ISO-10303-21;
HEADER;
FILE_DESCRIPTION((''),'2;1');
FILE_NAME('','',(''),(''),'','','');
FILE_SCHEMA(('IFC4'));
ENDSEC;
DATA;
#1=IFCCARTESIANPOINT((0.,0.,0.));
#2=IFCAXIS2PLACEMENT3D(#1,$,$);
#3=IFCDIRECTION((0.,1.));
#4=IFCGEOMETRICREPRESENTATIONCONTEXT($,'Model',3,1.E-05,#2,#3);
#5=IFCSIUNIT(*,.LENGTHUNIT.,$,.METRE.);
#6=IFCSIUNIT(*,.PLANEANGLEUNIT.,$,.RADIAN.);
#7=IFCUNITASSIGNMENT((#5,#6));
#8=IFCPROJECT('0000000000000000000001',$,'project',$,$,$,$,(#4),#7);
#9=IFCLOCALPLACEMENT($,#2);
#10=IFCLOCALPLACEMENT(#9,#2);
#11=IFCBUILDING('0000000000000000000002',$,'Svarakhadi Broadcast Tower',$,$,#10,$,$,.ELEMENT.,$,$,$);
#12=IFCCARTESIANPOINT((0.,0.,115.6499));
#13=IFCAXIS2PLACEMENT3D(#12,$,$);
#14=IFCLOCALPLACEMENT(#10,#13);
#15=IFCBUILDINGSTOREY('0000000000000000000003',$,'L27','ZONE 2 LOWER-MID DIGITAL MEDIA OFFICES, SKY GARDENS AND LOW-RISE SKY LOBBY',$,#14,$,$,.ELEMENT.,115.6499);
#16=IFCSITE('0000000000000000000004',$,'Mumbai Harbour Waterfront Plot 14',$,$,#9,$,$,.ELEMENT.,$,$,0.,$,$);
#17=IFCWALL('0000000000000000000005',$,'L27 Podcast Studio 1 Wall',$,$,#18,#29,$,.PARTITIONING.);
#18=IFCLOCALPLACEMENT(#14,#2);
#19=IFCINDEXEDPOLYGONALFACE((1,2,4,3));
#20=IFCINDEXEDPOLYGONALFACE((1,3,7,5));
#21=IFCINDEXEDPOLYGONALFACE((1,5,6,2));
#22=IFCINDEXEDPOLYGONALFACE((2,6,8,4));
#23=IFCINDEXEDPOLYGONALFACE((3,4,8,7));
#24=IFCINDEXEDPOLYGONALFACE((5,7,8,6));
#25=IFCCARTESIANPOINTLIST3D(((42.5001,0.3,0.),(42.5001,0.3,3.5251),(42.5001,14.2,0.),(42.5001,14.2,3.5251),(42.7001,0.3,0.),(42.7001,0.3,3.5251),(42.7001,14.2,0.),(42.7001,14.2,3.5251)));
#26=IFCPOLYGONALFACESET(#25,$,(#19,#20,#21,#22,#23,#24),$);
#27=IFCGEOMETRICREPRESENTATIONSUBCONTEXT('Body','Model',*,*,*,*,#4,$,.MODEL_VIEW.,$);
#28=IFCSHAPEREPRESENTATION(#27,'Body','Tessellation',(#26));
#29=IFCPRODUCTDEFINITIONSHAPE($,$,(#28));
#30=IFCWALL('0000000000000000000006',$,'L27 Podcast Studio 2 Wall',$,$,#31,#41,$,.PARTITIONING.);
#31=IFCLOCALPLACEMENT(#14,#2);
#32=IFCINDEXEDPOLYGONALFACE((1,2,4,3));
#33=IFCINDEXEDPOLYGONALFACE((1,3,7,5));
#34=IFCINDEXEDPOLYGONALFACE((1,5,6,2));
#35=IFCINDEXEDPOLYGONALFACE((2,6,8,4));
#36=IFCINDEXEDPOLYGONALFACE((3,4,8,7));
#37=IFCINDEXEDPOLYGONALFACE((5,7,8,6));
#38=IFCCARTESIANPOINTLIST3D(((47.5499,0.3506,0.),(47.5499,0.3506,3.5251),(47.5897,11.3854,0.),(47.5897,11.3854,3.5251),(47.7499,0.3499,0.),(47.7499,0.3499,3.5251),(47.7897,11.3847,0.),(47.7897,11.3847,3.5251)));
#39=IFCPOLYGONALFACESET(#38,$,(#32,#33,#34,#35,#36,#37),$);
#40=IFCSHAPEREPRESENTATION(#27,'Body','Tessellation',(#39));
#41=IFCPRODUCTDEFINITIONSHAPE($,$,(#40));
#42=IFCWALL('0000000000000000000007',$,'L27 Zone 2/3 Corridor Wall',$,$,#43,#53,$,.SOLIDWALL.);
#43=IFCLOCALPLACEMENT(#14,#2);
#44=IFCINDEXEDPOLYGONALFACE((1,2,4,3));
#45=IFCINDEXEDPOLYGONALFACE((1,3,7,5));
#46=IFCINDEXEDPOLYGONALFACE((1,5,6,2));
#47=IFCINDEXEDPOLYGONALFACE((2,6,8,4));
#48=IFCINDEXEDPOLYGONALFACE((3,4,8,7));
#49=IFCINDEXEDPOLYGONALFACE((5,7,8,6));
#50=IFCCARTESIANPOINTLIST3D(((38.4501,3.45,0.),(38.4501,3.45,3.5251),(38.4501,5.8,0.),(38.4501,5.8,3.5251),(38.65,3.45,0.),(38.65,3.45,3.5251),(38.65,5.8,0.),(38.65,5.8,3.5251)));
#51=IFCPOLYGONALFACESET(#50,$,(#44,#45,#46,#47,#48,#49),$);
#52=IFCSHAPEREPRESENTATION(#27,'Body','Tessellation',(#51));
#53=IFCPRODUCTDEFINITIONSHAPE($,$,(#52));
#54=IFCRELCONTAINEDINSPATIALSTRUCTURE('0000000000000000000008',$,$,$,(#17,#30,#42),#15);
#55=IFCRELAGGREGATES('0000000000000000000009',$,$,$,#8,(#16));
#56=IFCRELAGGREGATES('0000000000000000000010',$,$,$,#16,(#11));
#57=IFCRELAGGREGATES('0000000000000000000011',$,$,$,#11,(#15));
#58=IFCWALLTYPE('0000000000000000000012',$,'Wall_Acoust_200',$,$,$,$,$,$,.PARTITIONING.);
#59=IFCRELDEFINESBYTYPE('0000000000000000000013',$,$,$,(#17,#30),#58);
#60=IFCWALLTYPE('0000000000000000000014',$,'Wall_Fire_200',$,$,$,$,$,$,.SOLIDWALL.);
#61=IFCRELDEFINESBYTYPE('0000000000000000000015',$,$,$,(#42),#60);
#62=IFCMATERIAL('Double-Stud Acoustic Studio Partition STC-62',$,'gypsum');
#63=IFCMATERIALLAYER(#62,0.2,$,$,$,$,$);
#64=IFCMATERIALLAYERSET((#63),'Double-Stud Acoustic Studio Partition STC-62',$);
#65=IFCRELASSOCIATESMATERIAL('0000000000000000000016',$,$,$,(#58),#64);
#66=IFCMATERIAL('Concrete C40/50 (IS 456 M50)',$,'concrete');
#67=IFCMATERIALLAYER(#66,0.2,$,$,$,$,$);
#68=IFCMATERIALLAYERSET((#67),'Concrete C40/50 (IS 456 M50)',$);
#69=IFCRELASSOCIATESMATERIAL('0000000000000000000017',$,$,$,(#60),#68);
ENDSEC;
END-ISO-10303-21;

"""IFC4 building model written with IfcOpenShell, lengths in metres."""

from ifc_helpers import new_model, si_unit, direction, frame, frame_2d, origin, place, context, subcontext, project, spatial, rectangle, extrude, material, layer, layer_set, type_object, element, save


model = new_model("IFC4")

# Units and contexts
model_context = context("Model", 3, precision=1e-05, world=origin(), true_north=direction((0.0, 1.0)))
body_context = subcontext(model_context, "Body", "Model", "MODEL_VIEW")
ifc_project = project(units=[si_unit("LENGTHUNIT", "METRE"), si_unit("PLANEANGLEUNIT", "RADIAN")], contexts=[model_context])

# Site, building, storey
site_placement = place(None, origin())
site = spatial("IfcSite", under=ifc_project, at=site_placement, Name="Mumbai Harbour Waterfront Plot 14", CompositionType="ELEMENT", RefElevation=0.0)
building_placement = place(site_placement, origin())
building = spatial("IfcBuilding", under=site, at=building_placement, Name="Svarakhadi Broadcast Tower", CompositionType="ELEMENT")
storey_placement = place(building_placement, frame((0.0, 0.0, 115.6499)))
storey = spatial("IfcBuildingStorey", under=building, at=storey_placement, Name="L27", Description="ZONE 2 LOWER-MID DIGITAL MEDIA OFFICES, SKY GARDENS AND LOW-RISE SKY LOBBY", CompositionType="ELEMENT", Elevation=115.6499)

# Walls
ifc_material_1 = material(Name="Double-Stud Acoustic Studio Partition STC-62", Category="gypsum")
ifc_layer_1 = layer(ifc_material_1, 0.2)
ifc_layer_set_1 = layer_set([ifc_layer_1], Name="Double-Stud Acoustic Studio Partition STC-62")
wall_type_1 = type_object("IfcWallType", Name="Wall_Acoust_200", PredefinedType="PARTITIONING", material=ifc_layer_set_1)
wall_1_placement = place(storey_placement, frame((42.6001, 0.3, 0.0), z_axis=(0.0, 0.0, 1.0), x_axis=(0.0, 1.0, 0.0)))
element("IfcWall", 1, at=wall_1_placement, inside=storey, type_object=wall_type_1, Name="L27 Podcast Studio 1 Wall", PredefinedType="PARTITIONING", context=body_context, shape_type="SweptSolid", body=[
    extrude(rectangle(XDim=13.8999, YDim=0.2, at=frame_2d((6.95, 0.0))), origin(), (0.0, 0.0, 1.0), 3.5251),
])
wall_2_placement = place(storey_placement, frame((47.6499, 0.3501, 0.0), z_axis=(0.0, 0.0, 1.0), x_axis=(0.003606, 0.999993, 0.0)))
element("IfcWall", 2, at=wall_2_placement, inside=storey, type_object=wall_type_1, Name="L27 Podcast Studio 2 Wall", PredefinedType="PARTITIONING", context=body_context, shape_type="SweptSolid", body=[
    extrude(rectangle(XDim=11.0349, YDim=0.2, at=frame_2d((5.5176, 0.0))), origin(), (0.0, 0.0, 1.0), 3.5251),
])
ifc_material_2 = material(Name="Concrete C40/50 (IS 456 M50)", Category="concrete")
ifc_layer_2 = layer(ifc_material_2, 0.2)
ifc_layer_set_2 = layer_set([ifc_layer_2], Name="Concrete C40/50 (IS 456 M50)")
wall_type_2 = type_object("IfcWallType", Name="Wall_Fire_200", PredefinedType="SOLIDWALL", material=ifc_layer_set_2)
wall_3_placement = place(storey_placement, frame((38.55, 5.8, 0.0), z_axis=(0.0, 0.0, 1.0), x_axis=(0.0, -1.0, 0.0)))
element("IfcWall", 3, at=wall_3_placement, inside=storey, type_object=wall_type_2, Name="L27 Zone 2/3 Corridor Wall", PredefinedType="SOLIDWALL", context=body_context, shape_type="SweptSolid", body=[
    extrude(rectangle(XDim=2.3501, YDim=0.2, at=frame_2d((1.175, 0.0))), origin(), (0.0, 0.0, 1.0), 3.5251),
])

save(model, "model.ifc")
